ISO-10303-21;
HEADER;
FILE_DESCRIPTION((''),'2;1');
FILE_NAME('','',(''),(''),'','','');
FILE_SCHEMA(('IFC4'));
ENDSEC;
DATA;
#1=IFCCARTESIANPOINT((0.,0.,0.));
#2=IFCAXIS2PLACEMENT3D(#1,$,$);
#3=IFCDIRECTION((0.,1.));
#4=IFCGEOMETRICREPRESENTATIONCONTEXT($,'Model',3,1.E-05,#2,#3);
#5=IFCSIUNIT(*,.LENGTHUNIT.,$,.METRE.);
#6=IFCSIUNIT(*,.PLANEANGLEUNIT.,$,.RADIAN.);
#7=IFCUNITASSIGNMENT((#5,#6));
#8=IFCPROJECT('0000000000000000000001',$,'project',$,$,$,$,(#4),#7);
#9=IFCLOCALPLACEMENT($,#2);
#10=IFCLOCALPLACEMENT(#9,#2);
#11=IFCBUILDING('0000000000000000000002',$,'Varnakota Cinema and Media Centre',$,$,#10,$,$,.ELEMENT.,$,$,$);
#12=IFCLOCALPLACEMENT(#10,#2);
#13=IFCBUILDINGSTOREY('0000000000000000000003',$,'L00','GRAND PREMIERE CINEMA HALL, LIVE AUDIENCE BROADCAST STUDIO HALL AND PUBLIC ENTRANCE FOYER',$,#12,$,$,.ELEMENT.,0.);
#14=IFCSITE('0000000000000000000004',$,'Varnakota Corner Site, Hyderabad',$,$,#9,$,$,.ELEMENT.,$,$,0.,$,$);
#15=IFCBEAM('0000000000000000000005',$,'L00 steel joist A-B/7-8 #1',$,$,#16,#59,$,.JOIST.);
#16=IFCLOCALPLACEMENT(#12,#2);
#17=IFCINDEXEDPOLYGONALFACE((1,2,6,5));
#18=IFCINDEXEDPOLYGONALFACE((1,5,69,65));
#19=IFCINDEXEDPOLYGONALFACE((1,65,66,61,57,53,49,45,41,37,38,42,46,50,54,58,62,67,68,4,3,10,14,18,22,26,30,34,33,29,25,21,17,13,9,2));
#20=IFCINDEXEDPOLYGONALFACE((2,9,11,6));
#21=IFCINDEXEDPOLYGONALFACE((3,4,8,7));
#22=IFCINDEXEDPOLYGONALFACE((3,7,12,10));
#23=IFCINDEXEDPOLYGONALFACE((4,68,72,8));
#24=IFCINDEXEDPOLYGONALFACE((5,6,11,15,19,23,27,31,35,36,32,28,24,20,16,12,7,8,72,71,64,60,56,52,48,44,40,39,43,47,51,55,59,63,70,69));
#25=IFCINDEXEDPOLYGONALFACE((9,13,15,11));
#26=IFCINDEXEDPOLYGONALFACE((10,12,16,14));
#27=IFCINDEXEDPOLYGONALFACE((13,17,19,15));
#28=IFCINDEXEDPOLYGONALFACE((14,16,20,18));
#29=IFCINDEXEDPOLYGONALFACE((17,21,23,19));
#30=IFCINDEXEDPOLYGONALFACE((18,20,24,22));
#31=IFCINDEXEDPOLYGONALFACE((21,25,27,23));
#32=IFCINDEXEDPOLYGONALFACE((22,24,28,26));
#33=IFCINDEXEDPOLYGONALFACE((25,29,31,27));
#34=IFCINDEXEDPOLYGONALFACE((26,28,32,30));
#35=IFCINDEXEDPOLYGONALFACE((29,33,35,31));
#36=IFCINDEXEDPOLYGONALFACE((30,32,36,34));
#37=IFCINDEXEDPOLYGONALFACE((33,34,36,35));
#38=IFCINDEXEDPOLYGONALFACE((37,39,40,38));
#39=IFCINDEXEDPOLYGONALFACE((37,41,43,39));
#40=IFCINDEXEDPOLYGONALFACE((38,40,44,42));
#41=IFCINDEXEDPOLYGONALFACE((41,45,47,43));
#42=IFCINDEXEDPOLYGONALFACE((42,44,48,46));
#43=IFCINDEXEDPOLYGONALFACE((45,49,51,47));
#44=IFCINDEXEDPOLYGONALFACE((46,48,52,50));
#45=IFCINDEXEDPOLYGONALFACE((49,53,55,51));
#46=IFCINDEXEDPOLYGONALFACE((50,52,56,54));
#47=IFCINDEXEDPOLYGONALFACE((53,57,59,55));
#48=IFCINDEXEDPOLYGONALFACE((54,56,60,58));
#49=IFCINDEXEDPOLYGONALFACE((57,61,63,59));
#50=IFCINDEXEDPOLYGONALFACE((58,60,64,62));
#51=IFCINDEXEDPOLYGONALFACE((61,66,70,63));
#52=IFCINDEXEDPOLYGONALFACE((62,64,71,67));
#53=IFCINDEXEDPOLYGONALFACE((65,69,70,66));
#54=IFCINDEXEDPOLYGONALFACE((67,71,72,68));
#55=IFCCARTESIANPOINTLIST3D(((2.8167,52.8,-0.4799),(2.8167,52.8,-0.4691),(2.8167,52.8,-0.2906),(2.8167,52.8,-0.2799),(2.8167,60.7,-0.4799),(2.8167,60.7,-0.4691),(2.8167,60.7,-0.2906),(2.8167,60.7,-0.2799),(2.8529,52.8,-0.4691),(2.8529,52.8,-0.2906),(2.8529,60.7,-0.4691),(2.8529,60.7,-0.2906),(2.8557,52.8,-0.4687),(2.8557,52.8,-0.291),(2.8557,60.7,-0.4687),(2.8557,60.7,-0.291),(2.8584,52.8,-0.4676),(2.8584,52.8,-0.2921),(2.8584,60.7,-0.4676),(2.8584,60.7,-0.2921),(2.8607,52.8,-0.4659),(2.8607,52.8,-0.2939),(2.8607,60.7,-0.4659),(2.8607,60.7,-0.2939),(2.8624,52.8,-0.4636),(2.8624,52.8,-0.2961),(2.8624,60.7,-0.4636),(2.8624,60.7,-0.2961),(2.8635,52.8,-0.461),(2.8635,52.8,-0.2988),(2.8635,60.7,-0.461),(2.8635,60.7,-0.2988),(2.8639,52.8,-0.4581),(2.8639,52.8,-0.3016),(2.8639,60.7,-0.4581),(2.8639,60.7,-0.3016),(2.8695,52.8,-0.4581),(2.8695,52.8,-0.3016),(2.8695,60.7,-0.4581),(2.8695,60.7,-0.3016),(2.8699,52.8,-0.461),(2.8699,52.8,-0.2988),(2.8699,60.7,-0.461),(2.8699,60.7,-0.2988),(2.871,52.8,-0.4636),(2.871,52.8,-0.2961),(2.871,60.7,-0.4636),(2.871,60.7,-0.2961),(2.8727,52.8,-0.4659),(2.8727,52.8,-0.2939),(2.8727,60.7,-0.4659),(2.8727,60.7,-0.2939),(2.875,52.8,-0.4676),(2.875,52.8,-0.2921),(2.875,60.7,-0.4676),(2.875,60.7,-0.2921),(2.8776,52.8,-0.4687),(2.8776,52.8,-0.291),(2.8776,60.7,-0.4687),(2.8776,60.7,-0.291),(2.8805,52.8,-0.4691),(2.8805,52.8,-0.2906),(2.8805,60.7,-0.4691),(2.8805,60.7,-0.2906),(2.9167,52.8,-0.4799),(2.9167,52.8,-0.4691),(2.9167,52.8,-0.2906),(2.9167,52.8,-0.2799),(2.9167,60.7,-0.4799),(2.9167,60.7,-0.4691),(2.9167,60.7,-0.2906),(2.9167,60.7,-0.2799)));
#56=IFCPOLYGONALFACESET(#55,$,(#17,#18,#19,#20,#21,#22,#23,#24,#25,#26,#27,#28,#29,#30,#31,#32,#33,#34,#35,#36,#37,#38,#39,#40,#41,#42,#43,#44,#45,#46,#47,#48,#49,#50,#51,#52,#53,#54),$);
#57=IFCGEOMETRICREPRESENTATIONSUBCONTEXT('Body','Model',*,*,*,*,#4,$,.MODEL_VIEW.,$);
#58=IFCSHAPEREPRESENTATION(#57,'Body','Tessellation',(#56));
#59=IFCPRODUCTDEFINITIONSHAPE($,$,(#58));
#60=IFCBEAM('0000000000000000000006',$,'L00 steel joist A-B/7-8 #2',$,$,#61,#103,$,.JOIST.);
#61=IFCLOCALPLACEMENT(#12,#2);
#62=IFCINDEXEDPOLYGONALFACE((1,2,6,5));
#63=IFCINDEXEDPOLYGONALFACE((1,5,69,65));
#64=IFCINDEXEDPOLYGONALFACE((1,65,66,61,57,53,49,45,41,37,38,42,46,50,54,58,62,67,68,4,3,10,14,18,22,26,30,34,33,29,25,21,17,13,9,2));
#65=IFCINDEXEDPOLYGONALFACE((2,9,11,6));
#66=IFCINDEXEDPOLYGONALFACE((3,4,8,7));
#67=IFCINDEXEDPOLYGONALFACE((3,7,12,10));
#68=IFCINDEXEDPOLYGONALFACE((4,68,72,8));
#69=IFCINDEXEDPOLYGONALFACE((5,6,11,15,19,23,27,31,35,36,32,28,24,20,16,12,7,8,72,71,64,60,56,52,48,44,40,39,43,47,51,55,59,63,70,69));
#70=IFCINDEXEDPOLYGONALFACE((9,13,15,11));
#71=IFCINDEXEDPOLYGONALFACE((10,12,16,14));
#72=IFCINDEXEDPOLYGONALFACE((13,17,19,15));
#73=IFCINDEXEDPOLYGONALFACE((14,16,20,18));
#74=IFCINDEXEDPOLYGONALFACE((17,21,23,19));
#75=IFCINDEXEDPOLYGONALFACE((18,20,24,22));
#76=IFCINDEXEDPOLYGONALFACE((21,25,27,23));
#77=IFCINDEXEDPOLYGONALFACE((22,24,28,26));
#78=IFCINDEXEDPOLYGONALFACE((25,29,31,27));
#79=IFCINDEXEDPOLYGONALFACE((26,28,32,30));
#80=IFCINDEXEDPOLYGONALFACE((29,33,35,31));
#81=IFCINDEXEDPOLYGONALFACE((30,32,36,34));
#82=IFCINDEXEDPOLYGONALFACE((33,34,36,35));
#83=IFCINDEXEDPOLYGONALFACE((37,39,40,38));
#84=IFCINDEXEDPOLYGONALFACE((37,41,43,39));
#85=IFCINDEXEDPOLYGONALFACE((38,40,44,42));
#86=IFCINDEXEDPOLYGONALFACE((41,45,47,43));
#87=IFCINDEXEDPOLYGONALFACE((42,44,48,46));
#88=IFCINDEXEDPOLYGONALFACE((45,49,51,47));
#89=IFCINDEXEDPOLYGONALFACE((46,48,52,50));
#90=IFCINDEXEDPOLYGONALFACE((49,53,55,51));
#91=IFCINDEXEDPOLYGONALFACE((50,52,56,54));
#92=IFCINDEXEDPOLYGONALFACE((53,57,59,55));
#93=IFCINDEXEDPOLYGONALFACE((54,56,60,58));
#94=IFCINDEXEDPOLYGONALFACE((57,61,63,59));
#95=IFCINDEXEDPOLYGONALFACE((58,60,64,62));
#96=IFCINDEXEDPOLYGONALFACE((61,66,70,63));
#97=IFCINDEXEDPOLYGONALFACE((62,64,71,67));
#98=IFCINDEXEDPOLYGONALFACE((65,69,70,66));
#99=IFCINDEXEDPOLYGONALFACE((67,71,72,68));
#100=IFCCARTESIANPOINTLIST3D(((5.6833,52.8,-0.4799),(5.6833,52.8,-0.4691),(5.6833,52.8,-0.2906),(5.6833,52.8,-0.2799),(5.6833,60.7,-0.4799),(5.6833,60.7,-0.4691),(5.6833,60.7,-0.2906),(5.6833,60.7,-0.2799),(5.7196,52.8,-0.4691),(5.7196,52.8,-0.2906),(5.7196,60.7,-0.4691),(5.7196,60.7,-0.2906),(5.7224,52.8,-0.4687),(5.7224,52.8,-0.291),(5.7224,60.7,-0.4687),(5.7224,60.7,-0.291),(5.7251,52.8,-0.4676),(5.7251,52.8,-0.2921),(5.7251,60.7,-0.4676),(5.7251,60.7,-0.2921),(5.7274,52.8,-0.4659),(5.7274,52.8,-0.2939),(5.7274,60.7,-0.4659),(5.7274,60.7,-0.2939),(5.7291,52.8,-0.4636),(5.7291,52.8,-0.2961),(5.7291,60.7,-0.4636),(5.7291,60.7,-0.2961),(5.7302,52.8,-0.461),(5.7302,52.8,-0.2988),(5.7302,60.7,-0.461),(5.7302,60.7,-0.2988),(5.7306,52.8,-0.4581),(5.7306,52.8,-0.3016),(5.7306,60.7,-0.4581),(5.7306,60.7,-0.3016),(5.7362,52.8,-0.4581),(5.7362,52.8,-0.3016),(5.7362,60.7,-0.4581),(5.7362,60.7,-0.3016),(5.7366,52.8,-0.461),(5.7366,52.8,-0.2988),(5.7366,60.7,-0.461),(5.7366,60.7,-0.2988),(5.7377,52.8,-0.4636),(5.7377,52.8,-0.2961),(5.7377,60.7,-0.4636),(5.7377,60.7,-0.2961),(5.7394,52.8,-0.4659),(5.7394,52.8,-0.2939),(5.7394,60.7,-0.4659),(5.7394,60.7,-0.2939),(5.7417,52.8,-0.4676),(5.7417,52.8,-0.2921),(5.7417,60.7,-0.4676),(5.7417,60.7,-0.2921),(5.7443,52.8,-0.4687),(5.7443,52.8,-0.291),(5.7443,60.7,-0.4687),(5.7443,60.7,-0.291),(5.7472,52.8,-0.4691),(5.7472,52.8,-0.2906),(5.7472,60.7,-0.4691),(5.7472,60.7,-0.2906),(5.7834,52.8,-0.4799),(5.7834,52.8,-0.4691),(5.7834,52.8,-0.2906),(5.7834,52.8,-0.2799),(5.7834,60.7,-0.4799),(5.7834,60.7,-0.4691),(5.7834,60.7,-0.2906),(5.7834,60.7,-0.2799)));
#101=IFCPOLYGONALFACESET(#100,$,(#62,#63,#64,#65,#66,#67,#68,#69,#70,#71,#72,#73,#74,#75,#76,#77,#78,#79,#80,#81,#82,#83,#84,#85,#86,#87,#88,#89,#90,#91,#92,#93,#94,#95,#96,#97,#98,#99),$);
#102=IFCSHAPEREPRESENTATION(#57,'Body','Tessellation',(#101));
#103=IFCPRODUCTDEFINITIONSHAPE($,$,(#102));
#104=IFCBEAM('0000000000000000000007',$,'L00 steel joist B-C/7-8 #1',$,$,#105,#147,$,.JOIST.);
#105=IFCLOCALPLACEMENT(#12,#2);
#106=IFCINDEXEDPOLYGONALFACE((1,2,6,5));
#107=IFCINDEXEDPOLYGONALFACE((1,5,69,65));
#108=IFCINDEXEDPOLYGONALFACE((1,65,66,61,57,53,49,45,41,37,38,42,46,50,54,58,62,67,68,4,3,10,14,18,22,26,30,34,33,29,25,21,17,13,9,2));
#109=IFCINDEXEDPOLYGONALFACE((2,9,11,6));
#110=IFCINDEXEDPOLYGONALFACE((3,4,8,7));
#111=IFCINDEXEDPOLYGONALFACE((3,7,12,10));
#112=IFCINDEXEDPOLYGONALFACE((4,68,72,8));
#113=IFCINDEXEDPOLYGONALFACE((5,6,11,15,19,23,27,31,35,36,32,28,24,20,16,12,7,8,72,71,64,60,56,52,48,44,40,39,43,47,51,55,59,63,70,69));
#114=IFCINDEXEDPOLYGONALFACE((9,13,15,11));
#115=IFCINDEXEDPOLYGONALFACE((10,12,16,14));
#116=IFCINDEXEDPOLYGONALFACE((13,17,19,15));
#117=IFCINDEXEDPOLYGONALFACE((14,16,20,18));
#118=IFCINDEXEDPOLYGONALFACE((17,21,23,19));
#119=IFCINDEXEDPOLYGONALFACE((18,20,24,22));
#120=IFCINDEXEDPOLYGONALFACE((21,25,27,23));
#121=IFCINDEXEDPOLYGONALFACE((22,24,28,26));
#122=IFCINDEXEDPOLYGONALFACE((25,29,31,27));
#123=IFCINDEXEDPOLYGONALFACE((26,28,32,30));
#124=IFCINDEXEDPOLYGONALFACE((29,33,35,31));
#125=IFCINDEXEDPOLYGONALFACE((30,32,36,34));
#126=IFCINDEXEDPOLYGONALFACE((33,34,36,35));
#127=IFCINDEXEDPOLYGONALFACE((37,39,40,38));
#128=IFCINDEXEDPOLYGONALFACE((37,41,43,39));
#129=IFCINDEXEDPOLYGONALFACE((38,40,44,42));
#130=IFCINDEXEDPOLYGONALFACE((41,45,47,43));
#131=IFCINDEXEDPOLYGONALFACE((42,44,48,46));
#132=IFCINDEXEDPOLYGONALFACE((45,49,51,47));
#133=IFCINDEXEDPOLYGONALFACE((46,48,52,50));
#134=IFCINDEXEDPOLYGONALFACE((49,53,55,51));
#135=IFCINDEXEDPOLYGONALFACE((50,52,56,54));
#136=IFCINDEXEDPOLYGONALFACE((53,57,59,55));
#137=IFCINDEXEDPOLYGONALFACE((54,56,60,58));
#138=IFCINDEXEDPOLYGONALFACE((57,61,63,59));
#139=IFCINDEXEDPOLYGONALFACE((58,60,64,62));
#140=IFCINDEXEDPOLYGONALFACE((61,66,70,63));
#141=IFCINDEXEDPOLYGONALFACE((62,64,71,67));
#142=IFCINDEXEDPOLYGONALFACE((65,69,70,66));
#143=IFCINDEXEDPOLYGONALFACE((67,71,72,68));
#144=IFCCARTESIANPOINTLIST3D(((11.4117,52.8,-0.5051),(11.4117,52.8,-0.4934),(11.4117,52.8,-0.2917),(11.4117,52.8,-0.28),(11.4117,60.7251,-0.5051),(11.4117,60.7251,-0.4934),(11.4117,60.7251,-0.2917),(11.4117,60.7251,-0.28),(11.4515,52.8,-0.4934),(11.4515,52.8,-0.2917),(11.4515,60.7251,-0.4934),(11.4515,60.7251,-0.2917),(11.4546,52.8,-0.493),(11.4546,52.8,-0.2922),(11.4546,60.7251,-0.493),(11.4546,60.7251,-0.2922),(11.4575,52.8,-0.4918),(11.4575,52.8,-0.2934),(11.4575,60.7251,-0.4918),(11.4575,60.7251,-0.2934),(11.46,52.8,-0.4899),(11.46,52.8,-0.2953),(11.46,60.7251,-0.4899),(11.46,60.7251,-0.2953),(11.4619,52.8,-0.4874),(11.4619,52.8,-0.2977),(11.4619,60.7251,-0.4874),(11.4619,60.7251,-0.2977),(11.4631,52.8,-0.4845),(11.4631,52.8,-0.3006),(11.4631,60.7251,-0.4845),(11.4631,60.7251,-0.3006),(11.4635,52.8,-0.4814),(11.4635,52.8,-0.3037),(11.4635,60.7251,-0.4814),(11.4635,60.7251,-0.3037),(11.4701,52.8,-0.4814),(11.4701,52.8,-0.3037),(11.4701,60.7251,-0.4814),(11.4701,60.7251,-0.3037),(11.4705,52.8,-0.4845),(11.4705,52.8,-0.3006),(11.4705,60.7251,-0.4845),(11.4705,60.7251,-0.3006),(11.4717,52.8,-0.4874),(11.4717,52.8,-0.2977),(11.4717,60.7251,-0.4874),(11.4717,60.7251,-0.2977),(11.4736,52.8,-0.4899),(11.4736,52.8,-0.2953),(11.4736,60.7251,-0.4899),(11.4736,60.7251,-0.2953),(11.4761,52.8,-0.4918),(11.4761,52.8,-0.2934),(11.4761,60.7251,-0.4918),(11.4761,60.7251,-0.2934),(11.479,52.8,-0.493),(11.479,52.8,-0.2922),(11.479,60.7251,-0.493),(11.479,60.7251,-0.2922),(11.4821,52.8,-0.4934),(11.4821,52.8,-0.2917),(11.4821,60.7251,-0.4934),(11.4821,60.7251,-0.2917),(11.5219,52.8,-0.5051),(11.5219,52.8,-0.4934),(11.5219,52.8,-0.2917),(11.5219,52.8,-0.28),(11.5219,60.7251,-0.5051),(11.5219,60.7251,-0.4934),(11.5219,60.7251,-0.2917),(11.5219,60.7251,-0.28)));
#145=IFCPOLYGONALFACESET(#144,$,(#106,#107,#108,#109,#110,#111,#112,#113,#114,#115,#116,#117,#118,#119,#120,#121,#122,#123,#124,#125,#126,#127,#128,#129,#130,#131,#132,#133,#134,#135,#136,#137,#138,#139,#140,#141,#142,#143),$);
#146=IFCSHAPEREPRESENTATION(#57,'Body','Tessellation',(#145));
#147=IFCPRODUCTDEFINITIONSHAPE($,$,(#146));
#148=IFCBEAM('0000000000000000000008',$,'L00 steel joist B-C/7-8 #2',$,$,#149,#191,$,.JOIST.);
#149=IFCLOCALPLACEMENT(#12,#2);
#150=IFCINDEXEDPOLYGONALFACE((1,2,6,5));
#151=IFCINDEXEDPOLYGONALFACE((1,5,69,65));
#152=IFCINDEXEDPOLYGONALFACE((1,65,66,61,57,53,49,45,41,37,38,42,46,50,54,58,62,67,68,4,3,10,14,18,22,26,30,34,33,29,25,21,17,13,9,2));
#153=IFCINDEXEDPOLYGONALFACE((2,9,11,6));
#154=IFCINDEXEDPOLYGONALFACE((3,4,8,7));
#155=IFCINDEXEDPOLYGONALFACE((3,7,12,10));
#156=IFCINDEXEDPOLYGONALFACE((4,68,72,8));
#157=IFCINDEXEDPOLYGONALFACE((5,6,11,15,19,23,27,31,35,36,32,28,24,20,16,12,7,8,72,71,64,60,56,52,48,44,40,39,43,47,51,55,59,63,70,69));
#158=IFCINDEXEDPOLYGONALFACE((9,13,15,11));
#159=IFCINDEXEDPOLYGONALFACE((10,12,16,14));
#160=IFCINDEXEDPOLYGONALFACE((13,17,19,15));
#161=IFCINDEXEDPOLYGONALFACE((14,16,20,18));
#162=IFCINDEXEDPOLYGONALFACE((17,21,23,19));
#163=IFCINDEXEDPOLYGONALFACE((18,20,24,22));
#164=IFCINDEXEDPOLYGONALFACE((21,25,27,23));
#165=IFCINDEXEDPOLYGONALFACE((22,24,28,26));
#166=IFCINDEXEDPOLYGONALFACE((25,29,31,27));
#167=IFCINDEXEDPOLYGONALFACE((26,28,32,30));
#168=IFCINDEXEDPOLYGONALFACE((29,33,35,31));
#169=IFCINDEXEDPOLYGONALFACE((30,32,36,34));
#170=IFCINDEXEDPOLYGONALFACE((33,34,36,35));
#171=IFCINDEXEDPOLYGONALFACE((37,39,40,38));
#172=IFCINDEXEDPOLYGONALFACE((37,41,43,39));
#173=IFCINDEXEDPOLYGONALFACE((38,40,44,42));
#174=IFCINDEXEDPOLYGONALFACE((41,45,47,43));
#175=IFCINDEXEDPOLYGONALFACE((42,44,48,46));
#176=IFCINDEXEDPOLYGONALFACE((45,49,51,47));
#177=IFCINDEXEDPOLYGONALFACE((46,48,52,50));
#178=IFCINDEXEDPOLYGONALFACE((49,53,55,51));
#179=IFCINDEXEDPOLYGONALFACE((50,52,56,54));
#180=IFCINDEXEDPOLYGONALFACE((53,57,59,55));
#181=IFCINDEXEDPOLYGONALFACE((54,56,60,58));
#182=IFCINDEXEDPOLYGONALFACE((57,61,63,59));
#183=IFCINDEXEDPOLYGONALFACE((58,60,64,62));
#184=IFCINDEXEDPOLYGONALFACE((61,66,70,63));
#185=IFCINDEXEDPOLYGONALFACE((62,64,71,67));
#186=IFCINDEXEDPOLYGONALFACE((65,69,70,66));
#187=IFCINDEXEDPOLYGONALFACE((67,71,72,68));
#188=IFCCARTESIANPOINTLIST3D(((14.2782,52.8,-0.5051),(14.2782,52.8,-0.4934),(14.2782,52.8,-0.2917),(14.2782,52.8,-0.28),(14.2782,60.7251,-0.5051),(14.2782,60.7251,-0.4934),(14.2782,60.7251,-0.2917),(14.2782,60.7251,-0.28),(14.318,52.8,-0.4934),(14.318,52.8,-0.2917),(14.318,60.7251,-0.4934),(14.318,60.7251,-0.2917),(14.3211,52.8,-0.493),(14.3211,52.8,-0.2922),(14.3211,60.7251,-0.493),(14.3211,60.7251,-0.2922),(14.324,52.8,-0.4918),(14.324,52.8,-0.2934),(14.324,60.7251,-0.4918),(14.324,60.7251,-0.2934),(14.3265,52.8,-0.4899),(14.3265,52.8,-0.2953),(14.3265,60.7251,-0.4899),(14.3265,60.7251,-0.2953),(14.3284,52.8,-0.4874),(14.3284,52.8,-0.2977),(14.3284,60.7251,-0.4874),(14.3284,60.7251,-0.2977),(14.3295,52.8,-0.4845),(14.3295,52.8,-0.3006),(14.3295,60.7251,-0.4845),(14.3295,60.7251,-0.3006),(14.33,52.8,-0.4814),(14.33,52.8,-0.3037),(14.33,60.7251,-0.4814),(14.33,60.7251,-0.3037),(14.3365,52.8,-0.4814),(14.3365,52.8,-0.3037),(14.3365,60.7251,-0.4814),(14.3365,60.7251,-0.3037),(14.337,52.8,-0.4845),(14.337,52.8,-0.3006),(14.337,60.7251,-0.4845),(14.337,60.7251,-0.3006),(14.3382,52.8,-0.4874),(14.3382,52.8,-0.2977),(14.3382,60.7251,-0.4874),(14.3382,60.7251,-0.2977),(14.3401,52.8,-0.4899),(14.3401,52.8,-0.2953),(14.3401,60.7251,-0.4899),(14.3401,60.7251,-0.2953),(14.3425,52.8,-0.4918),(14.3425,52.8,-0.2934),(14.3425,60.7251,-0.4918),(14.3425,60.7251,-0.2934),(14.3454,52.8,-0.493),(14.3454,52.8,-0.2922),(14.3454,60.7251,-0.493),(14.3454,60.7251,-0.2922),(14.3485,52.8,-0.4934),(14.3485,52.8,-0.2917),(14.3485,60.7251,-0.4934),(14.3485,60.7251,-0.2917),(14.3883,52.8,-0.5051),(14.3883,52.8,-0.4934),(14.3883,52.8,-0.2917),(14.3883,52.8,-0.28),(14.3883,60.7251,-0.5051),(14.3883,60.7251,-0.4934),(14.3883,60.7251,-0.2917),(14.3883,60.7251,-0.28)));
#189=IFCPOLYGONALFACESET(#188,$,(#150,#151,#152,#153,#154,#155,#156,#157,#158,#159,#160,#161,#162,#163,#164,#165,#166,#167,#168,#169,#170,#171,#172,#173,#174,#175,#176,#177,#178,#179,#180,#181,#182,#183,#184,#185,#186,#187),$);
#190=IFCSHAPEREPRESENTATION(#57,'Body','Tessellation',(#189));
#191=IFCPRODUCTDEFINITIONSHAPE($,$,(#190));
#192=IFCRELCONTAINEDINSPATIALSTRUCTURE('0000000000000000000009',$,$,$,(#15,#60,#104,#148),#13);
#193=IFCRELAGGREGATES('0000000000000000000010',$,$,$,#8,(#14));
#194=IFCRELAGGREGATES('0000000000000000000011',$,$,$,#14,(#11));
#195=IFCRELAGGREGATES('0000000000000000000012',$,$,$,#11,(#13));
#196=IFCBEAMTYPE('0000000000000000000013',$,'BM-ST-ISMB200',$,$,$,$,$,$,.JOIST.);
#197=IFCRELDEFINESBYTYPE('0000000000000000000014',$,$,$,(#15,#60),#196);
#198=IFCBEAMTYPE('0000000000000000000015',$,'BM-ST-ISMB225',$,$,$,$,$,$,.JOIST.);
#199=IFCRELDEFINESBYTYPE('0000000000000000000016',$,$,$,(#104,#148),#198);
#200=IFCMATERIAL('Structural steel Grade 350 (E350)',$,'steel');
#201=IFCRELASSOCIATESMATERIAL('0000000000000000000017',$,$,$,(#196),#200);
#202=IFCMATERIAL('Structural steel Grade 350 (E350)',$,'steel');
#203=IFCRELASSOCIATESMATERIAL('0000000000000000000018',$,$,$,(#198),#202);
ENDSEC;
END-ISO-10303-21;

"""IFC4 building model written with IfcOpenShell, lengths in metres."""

from ifc_helpers import new_model, si_unit, direction, frame, origin, origin_2d, place, context, subcontext, project, spatial, i_section, extrude, material, material_profile, profile_set, type_object, element, save


model = new_model("IFC4")

# Units and contexts
model_context = context("Model", 3, precision=1e-05, world=origin(), true_north=direction((0.0, 1.0)))
body_context = subcontext(model_context, "Body", "Model", "MODEL_VIEW")
ifc_project = project(units=[si_unit("LENGTHUNIT", "METRE"), si_unit("PLANEANGLEUNIT", "RADIAN")], contexts=[model_context])

# Site, building, storey
site_placement = place(None, origin())
site = spatial("IfcSite", under=ifc_project, at=site_placement, Name="Varnakota Corner Site, Hyderabad", CompositionType="ELEMENT", RefElevation=0.0)
building_placement = place(site_placement, origin())
building = spatial("IfcBuilding", under=site, at=building_placement, Name="Varnakota Cinema and Media Centre", CompositionType="ELEMENT")
storey_placement = place(building_placement, origin())
storey = spatial("IfcBuildingStorey", under=building, at=storey_placement, Name="L00", Description="GRAND PREMIERE CINEMA HALL, LIVE AUDIENCE BROADCAST STUDIO HALL AND PUBLIC ENTRANCE FOYER", CompositionType="ELEMENT", Elevation=0.0)

# Beams
ifc_material_1 = material(Name="Structural steel Grade 350 (E350)", Category="steel")
ifc_material_profile_1 = material_profile(ifc_material_1, i_section(OverallWidth=0.1001, OverallDepth=0.2, WebThickness=0.0056, FlangeThickness=0.0107, FilletRadius=0.011, at=origin_2d()), Name="ISMB 200")
ifc_profile_set_1 = profile_set([ifc_material_profile_1], Name="Structural steel Grade 350 (E350)")
beam_type_1 = type_object("IfcBeamType", Name="BM-ST-ISMB200", PredefinedType="JOIST", material=ifc_profile_set_1)
for number, where, z_axis, x_axis, name in (
    (1, (2.8667, 52.8, -0.3799), (0.0, 1.0, 0.0), (-1.0, 0.0, 0.0), "L00 steel joist A-B/7-8 #1"),
    (2, (5.7334, 52.8, -0.3799), (0.0, 1.0, 0.0), (-1.0, 0.0, 0.0), "L00 steel joist A-B/7-8 #2"),
):
    element("IfcBeam", number, at=place(storey_placement, frame(where, z_axis=z_axis, x_axis=x_axis)), inside=storey, type_object=beam_type_1, Name=name, PredefinedType="JOIST", context=body_context, shape_type="SweptSolid", body=[
        extrude(i_section(OverallWidth=0.1001, OverallDepth=0.2, WebThickness=0.0056, FlangeThickness=0.0107, FilletRadius=0.011, at=origin_2d()), origin(), (0.0, 0.0, 1.0), 7.8999),
    ])
ifc_material_2 = material(Name="Structural steel Grade 350 (E350)", Category="steel")
ifc_material_profile_2 = material_profile(ifc_material_2, i_section(OverallWidth=0.1101, OverallDepth=0.2251, WebThickness=0.0066, FlangeThickness=0.0117, FilletRadius=0.012, at=origin_2d()), Name="ISMB 225")
ifc_profile_set_2 = profile_set([ifc_material_profile_2], Name="Structural steel Grade 350 (E350)")
beam_type_2 = type_object("IfcBeamType", Name="BM-ST-ISMB225", PredefinedType="JOIST", material=ifc_profile_set_2)
for number, where, z_axis, x_axis, name in (
    (3, (11.4668, 52.8, -0.3926), (0.0, 1.0, 0.0), (-1.0, 0.0, 0.0), "L00 steel joist B-C/7-8 #1"),
    (4, (14.3333, 52.8, -0.3926), (0.0, 1.0, 0.0), (-1.0, 0.0, 0.0), "L00 steel joist B-C/7-8 #2"),
):
    element("IfcBeam", number, at=place(storey_placement, frame(where, z_axis=z_axis, x_axis=x_axis)), inside=storey, type_object=beam_type_2, Name=name, PredefinedType="JOIST", context=body_context, shape_type="SweptSolid", body=[
        extrude(i_section(OverallWidth=0.1101, OverallDepth=0.2251, WebThickness=0.0066, FlangeThickness=0.0117, FilletRadius=0.012, at=origin_2d()), origin(), (0.0, 0.0, 1.0), 7.925),
    ])

save(model, "model.ifc")
